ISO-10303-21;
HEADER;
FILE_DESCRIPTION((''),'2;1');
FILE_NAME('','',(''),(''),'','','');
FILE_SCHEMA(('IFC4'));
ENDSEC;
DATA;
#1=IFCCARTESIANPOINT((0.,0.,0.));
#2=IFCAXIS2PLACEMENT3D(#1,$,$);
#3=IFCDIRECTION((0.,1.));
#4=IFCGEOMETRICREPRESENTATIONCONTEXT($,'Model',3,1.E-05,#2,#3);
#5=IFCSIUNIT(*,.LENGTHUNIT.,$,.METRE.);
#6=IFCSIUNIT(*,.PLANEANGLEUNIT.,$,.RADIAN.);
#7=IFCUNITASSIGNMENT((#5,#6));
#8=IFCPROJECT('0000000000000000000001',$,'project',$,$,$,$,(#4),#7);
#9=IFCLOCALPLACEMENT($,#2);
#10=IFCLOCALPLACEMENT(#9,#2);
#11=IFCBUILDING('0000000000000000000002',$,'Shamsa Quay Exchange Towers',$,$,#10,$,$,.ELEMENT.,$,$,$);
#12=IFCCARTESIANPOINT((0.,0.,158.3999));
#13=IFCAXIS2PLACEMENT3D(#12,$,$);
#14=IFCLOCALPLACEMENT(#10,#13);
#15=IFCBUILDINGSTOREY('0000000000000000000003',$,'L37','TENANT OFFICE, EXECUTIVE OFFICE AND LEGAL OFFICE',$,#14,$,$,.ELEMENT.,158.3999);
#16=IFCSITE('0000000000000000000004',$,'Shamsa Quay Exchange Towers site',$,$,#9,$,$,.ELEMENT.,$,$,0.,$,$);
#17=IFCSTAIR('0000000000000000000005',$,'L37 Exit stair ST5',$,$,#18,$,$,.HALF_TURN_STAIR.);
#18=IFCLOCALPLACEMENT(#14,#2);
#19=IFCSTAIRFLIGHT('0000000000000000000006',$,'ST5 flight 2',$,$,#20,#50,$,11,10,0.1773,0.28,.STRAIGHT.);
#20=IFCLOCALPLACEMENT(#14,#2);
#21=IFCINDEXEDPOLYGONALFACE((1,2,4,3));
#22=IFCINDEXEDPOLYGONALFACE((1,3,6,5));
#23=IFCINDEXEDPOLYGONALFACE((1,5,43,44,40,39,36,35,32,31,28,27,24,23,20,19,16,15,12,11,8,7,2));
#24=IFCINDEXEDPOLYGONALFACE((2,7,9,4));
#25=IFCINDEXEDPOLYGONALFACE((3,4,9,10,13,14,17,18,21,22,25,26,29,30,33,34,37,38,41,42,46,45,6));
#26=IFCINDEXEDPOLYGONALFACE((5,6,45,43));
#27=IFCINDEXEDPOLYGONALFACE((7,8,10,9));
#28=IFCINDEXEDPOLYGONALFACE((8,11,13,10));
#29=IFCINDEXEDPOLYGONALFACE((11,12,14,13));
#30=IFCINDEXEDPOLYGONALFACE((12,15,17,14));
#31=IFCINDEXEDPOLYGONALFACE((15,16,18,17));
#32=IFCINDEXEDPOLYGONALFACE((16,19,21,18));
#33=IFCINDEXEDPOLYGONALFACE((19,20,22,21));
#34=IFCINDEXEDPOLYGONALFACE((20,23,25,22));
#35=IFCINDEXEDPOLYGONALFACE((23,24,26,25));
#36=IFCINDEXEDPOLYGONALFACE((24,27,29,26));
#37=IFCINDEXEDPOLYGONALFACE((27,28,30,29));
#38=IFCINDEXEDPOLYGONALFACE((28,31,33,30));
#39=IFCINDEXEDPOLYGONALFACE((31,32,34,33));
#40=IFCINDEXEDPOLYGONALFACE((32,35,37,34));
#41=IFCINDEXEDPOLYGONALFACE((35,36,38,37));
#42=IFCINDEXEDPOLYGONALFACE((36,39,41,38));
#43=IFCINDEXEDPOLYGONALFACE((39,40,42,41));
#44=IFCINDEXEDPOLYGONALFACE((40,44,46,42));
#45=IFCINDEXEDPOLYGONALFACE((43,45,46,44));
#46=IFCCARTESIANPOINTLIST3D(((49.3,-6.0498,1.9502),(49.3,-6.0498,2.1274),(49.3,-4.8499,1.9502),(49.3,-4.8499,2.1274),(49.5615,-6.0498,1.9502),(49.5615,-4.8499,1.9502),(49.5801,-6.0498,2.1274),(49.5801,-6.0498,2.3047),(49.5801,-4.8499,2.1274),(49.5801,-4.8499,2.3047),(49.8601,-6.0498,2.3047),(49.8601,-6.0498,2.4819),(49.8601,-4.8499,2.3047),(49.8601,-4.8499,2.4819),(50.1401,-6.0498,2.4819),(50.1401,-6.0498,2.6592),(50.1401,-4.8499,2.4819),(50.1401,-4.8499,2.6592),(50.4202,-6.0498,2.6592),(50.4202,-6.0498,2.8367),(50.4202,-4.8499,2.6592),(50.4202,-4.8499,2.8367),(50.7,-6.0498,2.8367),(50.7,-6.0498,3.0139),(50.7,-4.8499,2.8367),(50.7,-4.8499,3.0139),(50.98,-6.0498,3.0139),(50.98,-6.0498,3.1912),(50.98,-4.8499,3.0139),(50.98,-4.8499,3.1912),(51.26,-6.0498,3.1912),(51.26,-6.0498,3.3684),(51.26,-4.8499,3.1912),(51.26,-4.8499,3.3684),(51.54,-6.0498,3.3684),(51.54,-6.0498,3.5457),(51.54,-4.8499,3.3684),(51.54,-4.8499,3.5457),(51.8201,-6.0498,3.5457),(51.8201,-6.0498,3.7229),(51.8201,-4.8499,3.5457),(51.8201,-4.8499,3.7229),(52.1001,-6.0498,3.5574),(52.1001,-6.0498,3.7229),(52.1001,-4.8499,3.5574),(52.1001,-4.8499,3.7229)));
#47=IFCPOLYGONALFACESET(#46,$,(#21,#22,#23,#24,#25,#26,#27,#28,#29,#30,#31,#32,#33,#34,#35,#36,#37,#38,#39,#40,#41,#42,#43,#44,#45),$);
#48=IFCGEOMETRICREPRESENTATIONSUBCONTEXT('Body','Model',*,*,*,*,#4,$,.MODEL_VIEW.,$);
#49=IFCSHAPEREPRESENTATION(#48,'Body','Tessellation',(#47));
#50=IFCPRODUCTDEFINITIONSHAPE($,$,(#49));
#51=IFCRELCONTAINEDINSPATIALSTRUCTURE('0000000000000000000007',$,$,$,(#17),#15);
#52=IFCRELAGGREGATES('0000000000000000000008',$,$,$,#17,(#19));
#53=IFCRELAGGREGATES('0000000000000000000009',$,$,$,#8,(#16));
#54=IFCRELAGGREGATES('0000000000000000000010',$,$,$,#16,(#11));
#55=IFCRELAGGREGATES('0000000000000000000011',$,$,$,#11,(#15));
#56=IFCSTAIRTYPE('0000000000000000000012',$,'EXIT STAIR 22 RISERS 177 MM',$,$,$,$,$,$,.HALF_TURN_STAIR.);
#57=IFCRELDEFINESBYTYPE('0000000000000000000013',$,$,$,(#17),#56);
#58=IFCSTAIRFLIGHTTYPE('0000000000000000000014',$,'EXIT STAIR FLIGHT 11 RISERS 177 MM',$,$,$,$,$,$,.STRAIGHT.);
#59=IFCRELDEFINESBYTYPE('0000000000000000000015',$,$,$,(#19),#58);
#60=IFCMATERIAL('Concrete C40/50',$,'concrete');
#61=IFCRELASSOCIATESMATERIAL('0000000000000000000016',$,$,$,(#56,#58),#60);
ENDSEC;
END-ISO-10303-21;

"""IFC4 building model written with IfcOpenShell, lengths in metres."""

from ifc_helpers import new_model, si_unit, direction, frame, origin, place, context, subcontext, project, spatial, polyline, outline, extrude, material, type_object, element, aggregate, save


model = new_model("IFC4")

# Units and contexts
model_context = context("Model", 3, precision=1e-05, world=origin(), true_north=direction((0.0, 1.0)))
body_context = subcontext(model_context, "Body", "Model", "MODEL_VIEW")
ifc_project = project(units=[si_unit("LENGTHUNIT", "METRE"), si_unit("PLANEANGLEUNIT", "RADIAN")], contexts=[model_context])

# Site, building, storey
site_placement = place(None, origin())
site = spatial("IfcSite", under=ifc_project, at=site_placement, Name="Shamsa Quay Exchange Towers site", CompositionType="ELEMENT", RefElevation=0.0)
building_placement = place(site_placement, origin())
building = spatial("IfcBuilding", under=site, at=building_placement, Name="Shamsa Quay Exchange Towers", CompositionType="ELEMENT")
storey_placement = place(building_placement, frame((0.0, 0.0, 158.3999)))
storey = spatial("IfcBuildingStorey", under=building, at=storey_placement, Name="L37", Description="TENANT OFFICE, EXECUTIVE OFFICE AND LEGAL OFFICE", CompositionType="ELEMENT", Elevation=158.3999)

# Stair, stair flight
ifc_material_1 = material(Name="Concrete C40/50", Category="concrete")
stair_type = type_object("IfcStairType", Name="EXIT STAIR 22 RISERS 177 MM", PredefinedType="HALF_TURN_STAIR", material=ifc_material_1)
stair_placement = place(storey_placement, origin())
stair = element("IfcStair", 1, at=stair_placement, inside=storey, type_object=stair_type, Name="L37 Exit stair ST5", PredefinedType="HALF_TURN_STAIR")
stair_flight_type = type_object("IfcStairFlightType", Name="EXIT STAIR FLIGHT 11 RISERS 177 MM", PredefinedType="STRAIGHT", material=ifc_material_1)
stair_flight_1_placement = place(storey_placement, frame((49.3, -5.45, 1.9502)))
stair_flight_1 = element("IfcStairFlight", 2, at=stair_flight_1_placement, type_object=stair_flight_type, Name="ST5 flight 2", NumberOfRisers=11, NumberOfTreads=10, PredefinedType="STRAIGHT", RiserHeight=0.1773, TreadLength=0.28, context=body_context, shape_type="SweptSolid", body=[
    extrude(outline(polyline([(0.0, 0.0), (0.0, 0.1772), (0.28, 0.1772), (0.28, 0.3545), (0.5601, 0.3545), (0.5601, 0.5317), (0.8401, 0.5317), (0.8401, 0.709), (1.1201, 0.709), (1.1201, 0.8865), (1.3999, 0.8865), (1.3999, 1.0637), (1.6799, 1.0637), (1.6799, 1.241), (1.96, 1.241), (1.96, 1.4182), (2.24, 1.4182), (2.24, 1.5955), (2.52, 1.5955), (2.52, 1.7727), (2.8, 1.7727), (2.8, 1.95), (2.8, 1.6072), (0.2615, 0.0), (0.0, 0.0)])), frame((0.0, 0.6001, 0.0), z_axis=(0.0, -1.0, 0.0), x_axis=(1.0, 0.0, 0.0)), (0.0, 0.0, 1.0), 1.2),
])
aggregate(stair, [stair_flight_1])

save(model, "model.ifc")
